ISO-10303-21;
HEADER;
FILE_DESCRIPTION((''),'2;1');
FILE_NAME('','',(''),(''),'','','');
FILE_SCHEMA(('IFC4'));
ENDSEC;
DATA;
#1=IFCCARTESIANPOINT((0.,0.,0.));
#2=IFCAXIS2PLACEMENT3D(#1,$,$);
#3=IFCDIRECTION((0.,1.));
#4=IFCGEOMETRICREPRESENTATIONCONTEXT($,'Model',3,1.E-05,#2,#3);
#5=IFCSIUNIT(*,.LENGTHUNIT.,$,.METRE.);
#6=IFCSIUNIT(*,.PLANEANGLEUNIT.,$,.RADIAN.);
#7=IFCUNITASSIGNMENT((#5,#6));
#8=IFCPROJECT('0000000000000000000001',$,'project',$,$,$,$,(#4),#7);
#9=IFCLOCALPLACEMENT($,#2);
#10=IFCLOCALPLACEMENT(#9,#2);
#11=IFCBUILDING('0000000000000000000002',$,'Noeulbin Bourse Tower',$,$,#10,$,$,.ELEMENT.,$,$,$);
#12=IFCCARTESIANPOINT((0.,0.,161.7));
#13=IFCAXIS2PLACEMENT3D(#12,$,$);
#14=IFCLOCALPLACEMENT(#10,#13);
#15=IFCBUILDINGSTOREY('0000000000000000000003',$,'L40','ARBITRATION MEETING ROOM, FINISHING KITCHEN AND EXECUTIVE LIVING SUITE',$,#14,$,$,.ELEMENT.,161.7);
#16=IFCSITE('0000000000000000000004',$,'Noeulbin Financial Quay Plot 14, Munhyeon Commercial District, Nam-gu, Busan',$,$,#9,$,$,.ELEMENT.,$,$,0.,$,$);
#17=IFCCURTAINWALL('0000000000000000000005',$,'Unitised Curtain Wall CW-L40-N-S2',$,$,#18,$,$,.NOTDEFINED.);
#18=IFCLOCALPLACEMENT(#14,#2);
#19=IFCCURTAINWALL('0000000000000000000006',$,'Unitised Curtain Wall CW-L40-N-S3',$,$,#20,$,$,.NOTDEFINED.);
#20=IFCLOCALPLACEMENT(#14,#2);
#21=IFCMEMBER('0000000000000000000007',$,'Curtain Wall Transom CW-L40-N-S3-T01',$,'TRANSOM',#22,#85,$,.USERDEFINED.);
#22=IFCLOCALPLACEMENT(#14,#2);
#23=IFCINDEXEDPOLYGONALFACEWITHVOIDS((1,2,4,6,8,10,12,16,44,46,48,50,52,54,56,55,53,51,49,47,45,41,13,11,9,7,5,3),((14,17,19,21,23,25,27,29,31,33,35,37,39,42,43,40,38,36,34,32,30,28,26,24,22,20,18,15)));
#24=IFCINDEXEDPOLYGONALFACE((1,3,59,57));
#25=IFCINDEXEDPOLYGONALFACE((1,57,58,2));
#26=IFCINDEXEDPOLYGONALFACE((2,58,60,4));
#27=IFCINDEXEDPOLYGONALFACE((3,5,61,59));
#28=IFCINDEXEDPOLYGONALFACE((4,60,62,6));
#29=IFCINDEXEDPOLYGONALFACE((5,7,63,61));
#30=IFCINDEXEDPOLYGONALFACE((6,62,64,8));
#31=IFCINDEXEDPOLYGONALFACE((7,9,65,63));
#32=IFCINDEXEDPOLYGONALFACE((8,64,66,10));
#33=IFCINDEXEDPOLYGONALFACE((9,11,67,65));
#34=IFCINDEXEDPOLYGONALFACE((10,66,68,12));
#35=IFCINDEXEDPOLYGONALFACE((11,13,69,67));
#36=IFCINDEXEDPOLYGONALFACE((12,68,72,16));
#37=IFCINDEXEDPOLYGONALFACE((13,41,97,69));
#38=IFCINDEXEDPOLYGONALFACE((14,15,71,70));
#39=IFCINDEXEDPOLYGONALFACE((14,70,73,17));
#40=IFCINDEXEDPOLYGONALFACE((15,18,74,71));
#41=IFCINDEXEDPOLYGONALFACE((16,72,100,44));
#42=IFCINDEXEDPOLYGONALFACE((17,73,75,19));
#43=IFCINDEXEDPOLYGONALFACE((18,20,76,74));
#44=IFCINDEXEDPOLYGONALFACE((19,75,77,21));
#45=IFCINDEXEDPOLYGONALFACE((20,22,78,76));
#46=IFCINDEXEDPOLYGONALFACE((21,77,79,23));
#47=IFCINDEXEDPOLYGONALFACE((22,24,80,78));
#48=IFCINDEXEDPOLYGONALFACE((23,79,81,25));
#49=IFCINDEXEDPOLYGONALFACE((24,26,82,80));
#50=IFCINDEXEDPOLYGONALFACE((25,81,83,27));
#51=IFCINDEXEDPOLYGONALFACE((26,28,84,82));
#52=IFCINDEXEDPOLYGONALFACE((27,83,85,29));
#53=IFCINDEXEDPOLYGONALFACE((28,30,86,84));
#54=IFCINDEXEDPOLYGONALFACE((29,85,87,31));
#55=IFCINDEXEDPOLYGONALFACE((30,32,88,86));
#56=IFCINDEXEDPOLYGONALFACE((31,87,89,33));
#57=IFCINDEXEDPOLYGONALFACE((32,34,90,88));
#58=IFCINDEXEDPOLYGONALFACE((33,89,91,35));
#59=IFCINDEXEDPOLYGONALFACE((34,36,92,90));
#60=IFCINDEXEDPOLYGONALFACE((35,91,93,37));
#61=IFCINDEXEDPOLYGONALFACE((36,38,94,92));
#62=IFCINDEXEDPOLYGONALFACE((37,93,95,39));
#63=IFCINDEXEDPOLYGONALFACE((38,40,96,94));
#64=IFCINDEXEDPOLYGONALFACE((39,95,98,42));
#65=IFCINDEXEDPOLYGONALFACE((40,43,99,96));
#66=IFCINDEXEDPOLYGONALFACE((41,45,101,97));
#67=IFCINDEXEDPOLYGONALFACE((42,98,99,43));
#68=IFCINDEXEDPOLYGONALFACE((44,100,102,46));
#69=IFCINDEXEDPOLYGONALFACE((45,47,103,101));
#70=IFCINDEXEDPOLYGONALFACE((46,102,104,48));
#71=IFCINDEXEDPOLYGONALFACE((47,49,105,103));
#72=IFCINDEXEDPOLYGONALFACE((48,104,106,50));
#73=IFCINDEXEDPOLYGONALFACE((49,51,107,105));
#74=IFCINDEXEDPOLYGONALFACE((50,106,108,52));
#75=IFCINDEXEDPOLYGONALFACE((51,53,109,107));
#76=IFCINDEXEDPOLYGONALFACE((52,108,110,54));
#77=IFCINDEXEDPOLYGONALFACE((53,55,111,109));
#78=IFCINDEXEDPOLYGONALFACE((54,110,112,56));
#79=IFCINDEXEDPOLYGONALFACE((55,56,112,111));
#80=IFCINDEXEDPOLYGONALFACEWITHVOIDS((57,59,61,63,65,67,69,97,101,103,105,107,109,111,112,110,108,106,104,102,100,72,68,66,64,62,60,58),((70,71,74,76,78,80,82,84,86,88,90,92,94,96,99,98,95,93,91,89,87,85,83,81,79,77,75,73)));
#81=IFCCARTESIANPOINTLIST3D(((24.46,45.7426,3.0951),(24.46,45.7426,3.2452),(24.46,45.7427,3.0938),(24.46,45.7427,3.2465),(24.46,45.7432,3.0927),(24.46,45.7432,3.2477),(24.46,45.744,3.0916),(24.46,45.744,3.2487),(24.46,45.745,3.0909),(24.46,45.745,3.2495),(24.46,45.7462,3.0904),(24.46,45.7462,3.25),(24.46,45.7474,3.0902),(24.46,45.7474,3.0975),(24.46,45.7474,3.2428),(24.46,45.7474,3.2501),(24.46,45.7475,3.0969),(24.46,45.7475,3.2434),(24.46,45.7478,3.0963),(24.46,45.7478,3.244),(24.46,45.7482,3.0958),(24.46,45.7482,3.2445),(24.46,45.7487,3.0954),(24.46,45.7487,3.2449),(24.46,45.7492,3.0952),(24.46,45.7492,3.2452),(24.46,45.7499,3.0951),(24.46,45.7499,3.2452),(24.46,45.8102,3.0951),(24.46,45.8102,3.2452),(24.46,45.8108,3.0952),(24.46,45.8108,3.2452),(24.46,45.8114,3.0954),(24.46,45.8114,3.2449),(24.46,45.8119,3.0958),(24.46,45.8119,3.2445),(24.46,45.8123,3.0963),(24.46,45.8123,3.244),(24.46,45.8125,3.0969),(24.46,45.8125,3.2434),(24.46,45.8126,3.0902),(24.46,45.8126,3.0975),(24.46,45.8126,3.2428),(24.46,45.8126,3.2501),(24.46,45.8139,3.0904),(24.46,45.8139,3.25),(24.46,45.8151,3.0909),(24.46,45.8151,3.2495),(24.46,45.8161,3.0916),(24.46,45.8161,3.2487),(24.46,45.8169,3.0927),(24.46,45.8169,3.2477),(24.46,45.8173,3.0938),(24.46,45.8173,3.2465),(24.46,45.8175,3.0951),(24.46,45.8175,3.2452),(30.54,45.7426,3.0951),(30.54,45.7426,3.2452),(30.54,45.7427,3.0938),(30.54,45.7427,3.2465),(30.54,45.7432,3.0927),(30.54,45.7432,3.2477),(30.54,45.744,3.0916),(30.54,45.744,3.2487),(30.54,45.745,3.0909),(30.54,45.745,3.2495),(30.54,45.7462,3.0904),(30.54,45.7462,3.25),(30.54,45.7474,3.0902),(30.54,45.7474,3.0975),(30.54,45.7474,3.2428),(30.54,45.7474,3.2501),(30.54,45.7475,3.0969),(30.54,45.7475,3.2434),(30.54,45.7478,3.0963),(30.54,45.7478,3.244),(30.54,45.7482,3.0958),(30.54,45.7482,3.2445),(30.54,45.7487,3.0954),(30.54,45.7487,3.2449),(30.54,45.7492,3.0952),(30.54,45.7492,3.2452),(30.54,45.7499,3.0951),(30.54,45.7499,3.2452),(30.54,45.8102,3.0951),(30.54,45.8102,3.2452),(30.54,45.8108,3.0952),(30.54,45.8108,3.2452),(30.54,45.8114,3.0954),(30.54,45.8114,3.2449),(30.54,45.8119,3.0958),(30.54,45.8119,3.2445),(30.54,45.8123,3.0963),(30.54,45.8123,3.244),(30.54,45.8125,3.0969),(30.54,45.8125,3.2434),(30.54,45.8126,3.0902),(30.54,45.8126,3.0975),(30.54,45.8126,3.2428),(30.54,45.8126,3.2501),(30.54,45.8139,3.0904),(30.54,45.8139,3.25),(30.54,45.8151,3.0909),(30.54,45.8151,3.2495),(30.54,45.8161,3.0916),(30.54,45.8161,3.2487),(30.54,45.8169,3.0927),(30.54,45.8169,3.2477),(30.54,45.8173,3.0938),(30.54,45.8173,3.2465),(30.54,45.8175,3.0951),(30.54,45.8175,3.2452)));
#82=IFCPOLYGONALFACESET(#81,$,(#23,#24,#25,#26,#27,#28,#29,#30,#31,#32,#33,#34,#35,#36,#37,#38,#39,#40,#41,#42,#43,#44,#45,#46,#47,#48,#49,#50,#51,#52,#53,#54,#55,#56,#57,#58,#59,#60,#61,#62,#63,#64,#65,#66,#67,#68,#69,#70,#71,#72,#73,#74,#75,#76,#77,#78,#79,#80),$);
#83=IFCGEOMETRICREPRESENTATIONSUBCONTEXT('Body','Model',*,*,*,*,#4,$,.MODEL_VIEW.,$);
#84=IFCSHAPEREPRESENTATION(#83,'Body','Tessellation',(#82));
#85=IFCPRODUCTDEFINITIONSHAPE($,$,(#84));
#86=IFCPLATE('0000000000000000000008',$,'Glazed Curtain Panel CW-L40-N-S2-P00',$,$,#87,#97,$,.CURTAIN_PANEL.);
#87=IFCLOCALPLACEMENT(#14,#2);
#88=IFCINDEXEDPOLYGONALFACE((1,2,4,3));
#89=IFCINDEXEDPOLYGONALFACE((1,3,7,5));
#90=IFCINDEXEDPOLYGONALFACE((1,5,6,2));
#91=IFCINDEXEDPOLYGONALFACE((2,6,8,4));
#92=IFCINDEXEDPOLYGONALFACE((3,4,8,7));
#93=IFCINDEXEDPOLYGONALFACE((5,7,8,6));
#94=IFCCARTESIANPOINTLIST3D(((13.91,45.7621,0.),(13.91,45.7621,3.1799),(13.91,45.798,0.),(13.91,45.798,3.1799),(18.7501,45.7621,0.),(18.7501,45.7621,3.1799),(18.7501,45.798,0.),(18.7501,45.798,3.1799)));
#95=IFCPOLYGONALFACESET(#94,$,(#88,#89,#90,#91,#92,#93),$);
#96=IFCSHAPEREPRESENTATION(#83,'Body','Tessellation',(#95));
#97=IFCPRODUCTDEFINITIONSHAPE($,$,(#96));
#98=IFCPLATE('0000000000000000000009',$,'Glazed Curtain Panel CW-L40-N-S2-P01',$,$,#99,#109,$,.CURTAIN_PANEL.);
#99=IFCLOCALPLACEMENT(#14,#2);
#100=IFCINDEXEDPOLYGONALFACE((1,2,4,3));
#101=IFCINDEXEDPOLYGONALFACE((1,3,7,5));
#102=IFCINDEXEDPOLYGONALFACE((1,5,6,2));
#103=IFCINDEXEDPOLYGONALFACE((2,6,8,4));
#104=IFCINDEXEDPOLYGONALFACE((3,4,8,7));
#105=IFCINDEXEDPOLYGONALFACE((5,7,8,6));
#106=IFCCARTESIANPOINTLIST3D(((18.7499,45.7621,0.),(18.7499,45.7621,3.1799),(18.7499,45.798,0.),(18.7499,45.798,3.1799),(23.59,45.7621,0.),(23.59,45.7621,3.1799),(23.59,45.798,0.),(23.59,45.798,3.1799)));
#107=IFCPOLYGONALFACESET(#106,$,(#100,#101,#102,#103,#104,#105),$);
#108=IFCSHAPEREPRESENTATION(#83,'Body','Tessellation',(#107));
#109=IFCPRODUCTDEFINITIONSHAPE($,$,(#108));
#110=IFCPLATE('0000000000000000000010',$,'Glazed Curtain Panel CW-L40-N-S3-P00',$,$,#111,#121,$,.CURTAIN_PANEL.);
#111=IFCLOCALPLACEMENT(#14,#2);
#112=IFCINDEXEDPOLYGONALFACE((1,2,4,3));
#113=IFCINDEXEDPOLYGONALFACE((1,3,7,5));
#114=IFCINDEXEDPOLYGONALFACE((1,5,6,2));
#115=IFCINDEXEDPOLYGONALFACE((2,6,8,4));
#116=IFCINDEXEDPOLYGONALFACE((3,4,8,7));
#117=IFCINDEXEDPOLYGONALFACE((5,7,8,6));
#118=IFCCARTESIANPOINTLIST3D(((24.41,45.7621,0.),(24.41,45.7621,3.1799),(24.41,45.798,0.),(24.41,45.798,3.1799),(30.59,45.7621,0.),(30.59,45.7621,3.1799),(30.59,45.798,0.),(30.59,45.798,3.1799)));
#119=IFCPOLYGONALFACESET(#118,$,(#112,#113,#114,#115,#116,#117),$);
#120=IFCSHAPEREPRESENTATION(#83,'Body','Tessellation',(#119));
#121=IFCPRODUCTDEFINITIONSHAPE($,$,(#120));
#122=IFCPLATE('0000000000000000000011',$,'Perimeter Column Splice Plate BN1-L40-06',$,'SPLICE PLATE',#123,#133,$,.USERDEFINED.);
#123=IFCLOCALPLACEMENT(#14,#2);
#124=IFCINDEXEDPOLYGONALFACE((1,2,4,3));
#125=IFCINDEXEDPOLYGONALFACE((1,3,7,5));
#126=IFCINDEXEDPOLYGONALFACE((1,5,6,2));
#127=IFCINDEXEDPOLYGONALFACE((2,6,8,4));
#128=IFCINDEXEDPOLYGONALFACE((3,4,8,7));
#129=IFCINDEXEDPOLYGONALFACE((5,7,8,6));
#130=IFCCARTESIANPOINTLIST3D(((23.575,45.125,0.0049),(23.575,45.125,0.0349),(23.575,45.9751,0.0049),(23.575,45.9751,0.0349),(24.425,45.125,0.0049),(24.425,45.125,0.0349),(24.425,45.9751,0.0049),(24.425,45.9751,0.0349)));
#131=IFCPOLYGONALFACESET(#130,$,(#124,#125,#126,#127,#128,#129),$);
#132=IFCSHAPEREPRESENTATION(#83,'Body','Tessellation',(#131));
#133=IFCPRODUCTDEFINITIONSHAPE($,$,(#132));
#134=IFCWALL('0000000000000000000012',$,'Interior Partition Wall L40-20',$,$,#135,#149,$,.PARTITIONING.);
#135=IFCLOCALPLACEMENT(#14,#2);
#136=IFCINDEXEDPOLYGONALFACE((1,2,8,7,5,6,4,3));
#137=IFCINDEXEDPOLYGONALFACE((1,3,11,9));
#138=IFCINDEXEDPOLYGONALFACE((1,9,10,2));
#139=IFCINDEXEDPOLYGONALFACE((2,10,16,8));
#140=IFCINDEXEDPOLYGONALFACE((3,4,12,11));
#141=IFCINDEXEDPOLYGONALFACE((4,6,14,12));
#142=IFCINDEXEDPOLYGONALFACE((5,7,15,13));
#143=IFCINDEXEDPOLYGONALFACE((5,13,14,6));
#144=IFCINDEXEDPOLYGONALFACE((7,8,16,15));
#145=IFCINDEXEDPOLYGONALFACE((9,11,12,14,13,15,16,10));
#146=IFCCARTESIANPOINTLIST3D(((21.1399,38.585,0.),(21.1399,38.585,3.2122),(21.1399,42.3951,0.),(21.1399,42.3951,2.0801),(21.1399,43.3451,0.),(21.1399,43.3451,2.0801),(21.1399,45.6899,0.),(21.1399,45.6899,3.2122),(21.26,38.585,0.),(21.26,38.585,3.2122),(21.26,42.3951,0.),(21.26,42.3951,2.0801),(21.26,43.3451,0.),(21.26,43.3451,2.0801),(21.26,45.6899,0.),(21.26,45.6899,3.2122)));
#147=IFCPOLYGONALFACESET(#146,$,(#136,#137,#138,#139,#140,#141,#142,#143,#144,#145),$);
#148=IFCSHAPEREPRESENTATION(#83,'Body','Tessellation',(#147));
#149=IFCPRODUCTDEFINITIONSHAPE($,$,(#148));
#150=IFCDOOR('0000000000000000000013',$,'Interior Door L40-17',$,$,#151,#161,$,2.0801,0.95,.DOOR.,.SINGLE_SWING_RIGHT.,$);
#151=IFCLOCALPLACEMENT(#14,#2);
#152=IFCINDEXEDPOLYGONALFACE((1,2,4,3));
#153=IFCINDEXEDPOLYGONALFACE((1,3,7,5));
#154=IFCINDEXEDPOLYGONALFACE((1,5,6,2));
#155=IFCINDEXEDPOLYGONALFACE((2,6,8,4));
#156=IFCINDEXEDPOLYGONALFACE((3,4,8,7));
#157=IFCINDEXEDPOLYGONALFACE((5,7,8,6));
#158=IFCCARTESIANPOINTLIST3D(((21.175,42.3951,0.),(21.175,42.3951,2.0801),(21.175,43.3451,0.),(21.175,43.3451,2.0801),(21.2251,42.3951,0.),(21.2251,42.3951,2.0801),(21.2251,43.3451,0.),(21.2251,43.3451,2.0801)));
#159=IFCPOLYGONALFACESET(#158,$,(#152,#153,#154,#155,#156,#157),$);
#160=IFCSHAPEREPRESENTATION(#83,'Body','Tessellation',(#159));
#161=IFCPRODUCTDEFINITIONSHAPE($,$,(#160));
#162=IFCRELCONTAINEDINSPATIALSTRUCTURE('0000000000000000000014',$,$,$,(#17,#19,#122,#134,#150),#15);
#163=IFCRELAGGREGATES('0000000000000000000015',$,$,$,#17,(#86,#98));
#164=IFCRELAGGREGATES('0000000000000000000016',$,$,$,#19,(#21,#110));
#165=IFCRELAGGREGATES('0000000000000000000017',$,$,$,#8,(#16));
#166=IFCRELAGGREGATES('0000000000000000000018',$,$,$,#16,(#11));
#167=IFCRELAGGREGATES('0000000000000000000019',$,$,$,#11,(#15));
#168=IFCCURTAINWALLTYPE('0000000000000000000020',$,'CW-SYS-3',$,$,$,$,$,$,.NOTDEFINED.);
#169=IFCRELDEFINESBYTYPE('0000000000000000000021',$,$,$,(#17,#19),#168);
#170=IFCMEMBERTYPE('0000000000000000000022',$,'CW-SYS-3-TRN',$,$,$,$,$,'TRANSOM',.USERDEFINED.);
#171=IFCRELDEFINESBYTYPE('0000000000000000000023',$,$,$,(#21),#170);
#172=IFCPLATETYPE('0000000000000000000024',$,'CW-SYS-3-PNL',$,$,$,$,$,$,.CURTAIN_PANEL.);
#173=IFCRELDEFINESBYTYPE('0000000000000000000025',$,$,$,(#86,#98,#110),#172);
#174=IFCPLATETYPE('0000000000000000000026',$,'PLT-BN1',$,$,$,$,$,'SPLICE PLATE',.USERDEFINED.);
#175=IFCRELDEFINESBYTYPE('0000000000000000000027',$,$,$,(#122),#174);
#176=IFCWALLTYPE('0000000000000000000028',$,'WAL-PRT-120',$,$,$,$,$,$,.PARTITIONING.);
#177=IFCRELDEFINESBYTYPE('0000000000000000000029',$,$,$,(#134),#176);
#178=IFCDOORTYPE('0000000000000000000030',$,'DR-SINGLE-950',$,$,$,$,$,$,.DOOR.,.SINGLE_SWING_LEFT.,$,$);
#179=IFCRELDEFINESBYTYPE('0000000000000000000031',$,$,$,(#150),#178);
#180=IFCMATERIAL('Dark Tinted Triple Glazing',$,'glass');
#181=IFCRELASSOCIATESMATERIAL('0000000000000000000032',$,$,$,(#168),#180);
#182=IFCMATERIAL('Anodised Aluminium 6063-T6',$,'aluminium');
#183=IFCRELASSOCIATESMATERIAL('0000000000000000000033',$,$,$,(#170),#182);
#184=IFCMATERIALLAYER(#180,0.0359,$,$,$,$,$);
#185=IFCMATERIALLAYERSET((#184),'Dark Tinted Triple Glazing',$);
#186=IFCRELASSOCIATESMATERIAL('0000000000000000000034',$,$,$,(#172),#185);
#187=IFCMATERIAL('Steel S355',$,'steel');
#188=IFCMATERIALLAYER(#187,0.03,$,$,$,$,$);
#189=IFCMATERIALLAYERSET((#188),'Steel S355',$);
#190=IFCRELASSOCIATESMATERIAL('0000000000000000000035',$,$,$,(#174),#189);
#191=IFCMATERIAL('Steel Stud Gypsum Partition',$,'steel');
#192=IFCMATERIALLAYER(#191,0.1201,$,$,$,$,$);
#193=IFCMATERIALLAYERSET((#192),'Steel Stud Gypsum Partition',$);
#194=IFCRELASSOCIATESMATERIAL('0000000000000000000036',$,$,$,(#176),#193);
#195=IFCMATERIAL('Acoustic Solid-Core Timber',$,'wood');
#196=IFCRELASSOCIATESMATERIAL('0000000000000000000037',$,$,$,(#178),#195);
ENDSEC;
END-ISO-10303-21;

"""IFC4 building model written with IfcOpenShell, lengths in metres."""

from ifc_helpers import new_model, si_unit, direction, frame, frame_2d, origin, origin_2d, place, context, subcontext, project, spatial, rectangle, hollow_rectangle, extrude, material, layer, layer_set, material_profile, profile_set, type_object, element, fill, aggregate, save


model = new_model("IFC4")

# Units and contexts
model_context = context("Model", 3, precision=1e-05, world=origin(), true_north=direction((0.0, 1.0)))
body_context = subcontext(model_context, "Body", "Model", "MODEL_VIEW")
ifc_project = project(units=[si_unit("LENGTHUNIT", "METRE"), si_unit("PLANEANGLEUNIT", "RADIAN")], contexts=[model_context])

# Site, building, storey
site_placement = place(None, origin())
site = spatial("IfcSite", under=ifc_project, at=site_placement, Name="Noeulbin Financial Quay Plot 14, Munhyeon Commercial District, Nam-gu, Busan", CompositionType="ELEMENT", RefElevation=0.0)
building_placement = place(site_placement, origin())
building = spatial("IfcBuilding", under=site, at=building_placement, Name="Noeulbin Bourse Tower", CompositionType="ELEMENT")
storey_placement = place(building_placement, frame((0.0, 0.0, 161.7)))
storey = spatial("IfcBuildingStorey", under=building, at=storey_placement, Name="L40", Description="ARBITRATION MEETING ROOM, FINISHING KITCHEN AND EXECUTIVE LIVING SUITE", CompositionType="ELEMENT", Elevation=161.7)

# Shared definitions
ifc_material_1 = material(Name="Steel S355", Category="steel")

# Curtain walls, member
ifc_material_2 = material(Name="Dark Tinted Triple Glazing", Category="glass")
curtain_wall_type = type_object("IfcCurtainWallType", Name="CW-SYS-3", PredefinedType="NOTDEFINED", material=ifc_material_2)
curtain_wall_1_placement = place(storey_placement, origin())
curtain_wall_1 = element("IfcCurtainWall", 1, at=curtain_wall_1_placement, inside=storey, type_object=curtain_wall_type, Name="Unitised Curtain Wall CW-L40-N-S2", PredefinedType="NOTDEFINED")
ifc_material_3 = material(Name="Anodised Aluminium 6063-T6", Category="aluminium")
curtain_wall_2_placement = place(storey_placement, origin())
curtain_wall_2 = element("IfcCurtainWall", 2, at=curtain_wall_2_placement, inside=storey, type_object=curtain_wall_type, Name="Unitised Curtain Wall CW-L40-N-S3", PredefinedType="NOTDEFINED")
ifc_material_profile_1 = material_profile(ifc_material_3, hollow_rectangle(XDim=0.075, YDim=0.1599, WallThickness=0.0049, InnerFilletRadius=0.0024, OuterFilletRadius=0.0049, at=origin_2d()), Name="ALU-TRAN-75x160x5", Category="LoadBearing")
ifc_profile_set_1 = profile_set([ifc_material_profile_1], Name="Anodised Aluminium 6063-T6")
member_type_1 = type_object("IfcMemberType", Name="CW-SYS-3-TRN", ElementType="TRANSOM", PredefinedType="USERDEFINED", material=ifc_profile_set_1)
member_1_placement = place(storey_placement, frame((24.46, 45.78, 3.1702), z_axis=(1.0, 0.0, 0.0), x_axis=(0.0, 1.0, 0.0)))
member_1 = element("IfcMember", 3, at=member_1_placement, type_object=member_type_1, Name="Curtain Wall Transom CW-L40-N-S3-T01", ObjectType="TRANSOM", PredefinedType="USERDEFINED", context=body_context, shape_type="SweptSolid", body=[
    extrude(hollow_rectangle(XDim=0.075, YDim=0.1599, WallThickness=0.0049, InnerFilletRadius=0.0024, OuterFilletRadius=0.0049, at=origin_2d()), origin(), (0.0, 0.0, 1.0), 6.0801),
])

# Plates
ifc_layer_1 = layer(ifc_material_2, 0.0359)
ifc_layer_set_1 = layer_set([ifc_layer_1], Name="Dark Tinted Triple Glazing")
plate_type_1 = type_object("IfcPlateType", Name="CW-SYS-3-PNL", PredefinedType="CURTAIN_PANEL", material=ifc_layer_set_1)
plate_1_placement = place(storey_placement, frame((16.3301, 45.78, 0.0), z_axis=(0.0, 0.0, 1.0), x_axis=(1.0, 0.0, 0.0)))
plate_1 = element("IfcPlate", 4, at=plate_1_placement, type_object=plate_type_1, Name="Glazed Curtain Panel CW-L40-N-S2-P00", PredefinedType="CURTAIN_PANEL", context=body_context, shape_type="SweptSolid", body=[
    extrude(rectangle(XDim=4.8401, YDim=0.0359, at=origin_2d()), origin(), (0.0, 0.0, 1.0), 3.1799),
])
plate_2_placement = place(storey_placement, frame((21.1699, 45.78, 0.0), z_axis=(0.0, 0.0, 1.0), x_axis=(1.0, 0.0, 0.0)))
plate_2 = element("IfcPlate", 5, at=plate_2_placement, type_object=plate_type_1, Name="Glazed Curtain Panel CW-L40-N-S2-P01", PredefinedType="CURTAIN_PANEL", context=body_context, shape_type="SweptSolid", body=[
    extrude(rectangle(XDim=4.8401, YDim=0.0359, at=origin_2d()), origin(), (0.0, 0.0, 1.0), 3.1799),
])
aggregate(curtain_wall_1, [plate_1, plate_2])
plate_3_placement = place(storey_placement, frame((27.5, 45.78, 0.0), z_axis=(0.0, 0.0, 1.0), x_axis=(1.0, 0.0, 0.0)))
plate_3 = element("IfcPlate", 6, at=plate_3_placement, type_object=plate_type_1, Name="Glazed Curtain Panel CW-L40-N-S3-P00", PredefinedType="CURTAIN_PANEL", context=body_context, shape_type="SweptSolid", body=[
    extrude(rectangle(XDim=6.1799, YDim=0.0359, at=origin_2d()), origin(), (0.0, 0.0, 1.0), 3.1799),
])
aggregate(curtain_wall_2, [member_1, plate_3])
ifc_layer_2 = layer(ifc_material_1, 0.03)
ifc_layer_set_2 = layer_set([ifc_layer_2], Name="Steel S355")
plate_type_2 = type_object("IfcPlateType", Name="PLT-BN1", ElementType="SPLICE PLATE", PredefinedType="USERDEFINED", material=ifc_layer_set_2)
plate_4_placement = place(storey_placement, frame((24.0, 45.55, 0.0049), z_axis=(0.0, 0.0, 1.0), x_axis=(1.0, 0.0, 0.0)))
element("IfcPlate", 7, at=plate_4_placement, inside=storey, type_object=plate_type_2, Name="Perimeter Column Splice Plate BN1-L40-06", ObjectType="SPLICE PLATE", PredefinedType="USERDEFINED", context=body_context, shape_type="SweptSolid", body=[
    extrude(rectangle(XDim=0.8501, YDim=0.8501, at=origin_2d()), origin(), (0.0, 0.0, 1.0), 0.03),
])

# Wall, opening, door
ifc_material_4 = material(Name="Steel Stud Gypsum Partition", Category="steel")
ifc_layer_3 = layer(ifc_material_4, 0.1201)
ifc_layer_set_3 = layer_set([ifc_layer_3], Name="Steel Stud Gypsum Partition")
wall_type = type_object("IfcWallType", Name="WAL-PRT-120", PredefinedType="PARTITIONING", material=ifc_layer_set_3)
wall_placement = place(storey_placement, frame((21.2, 38.585, 0.0), z_axis=(0.0, 0.0, 1.0), x_axis=(0.0, 1.0, 0.0)))
wall = element("IfcWall", 8, at=wall_placement, inside=storey, type_object=wall_type, Name="Interior Partition Wall L40-20", PredefinedType="PARTITIONING", context=body_context, shape_type="SweptSolid", body=[
    extrude(rectangle(XDim=7.105, YDim=0.1201, at=frame_2d((3.5525, 0.0))), origin(), (0.0, 0.0, 1.0), 3.2122),
])
opening_placement = place(wall_placement, frame((3.8101, 0.0, 0.0)))
opening = element("IfcOpeningElement", 9, at=opening_placement, cuts=wall, PredefinedType="OPENING", context=body_context, shape_type="SweptSolid", body=[
    extrude(rectangle(XDim=0.95, YDim=2.0801, at=frame_2d((0.4751, 1.04))), frame((0.0, 0.0701, 0.0), z_axis=(0.0, -1.0, 0.0), x_axis=(1.0, 0.0, 0.0)), (0.0, 0.0, 1.0), 0.1401),
])
ifc_material_5 = material(Name="Acoustic Solid-Core Timber", Category="wood")
door_type = type_object("IfcDoorType", Name="DR-SINGLE-950", OperationType="SINGLE_SWING_LEFT", PredefinedType="DOOR", material=ifc_material_5)
door_placement = place(opening_placement, origin())
door = element("IfcDoor", 10, at=door_placement, inside=storey, type_object=door_type, Name="Interior Door L40-17", OperationType="SINGLE_SWING_RIGHT", OverallHeight=2.0801, OverallWidth=0.95, PredefinedType="DOOR", context=body_context, shape_type="SweptSolid", body=[
    extrude(rectangle(XDim=0.95, YDim=2.0801, at=frame_2d((0.4751, 1.04))), frame((0.0, 0.0249, 0.0), z_axis=(0.0, -1.0, 0.0), x_axis=(1.0, 0.0, 0.0)), (0.0, 0.0, 1.0), 0.05),
])
fill(opening, door)

save(model, "model.ifc")
